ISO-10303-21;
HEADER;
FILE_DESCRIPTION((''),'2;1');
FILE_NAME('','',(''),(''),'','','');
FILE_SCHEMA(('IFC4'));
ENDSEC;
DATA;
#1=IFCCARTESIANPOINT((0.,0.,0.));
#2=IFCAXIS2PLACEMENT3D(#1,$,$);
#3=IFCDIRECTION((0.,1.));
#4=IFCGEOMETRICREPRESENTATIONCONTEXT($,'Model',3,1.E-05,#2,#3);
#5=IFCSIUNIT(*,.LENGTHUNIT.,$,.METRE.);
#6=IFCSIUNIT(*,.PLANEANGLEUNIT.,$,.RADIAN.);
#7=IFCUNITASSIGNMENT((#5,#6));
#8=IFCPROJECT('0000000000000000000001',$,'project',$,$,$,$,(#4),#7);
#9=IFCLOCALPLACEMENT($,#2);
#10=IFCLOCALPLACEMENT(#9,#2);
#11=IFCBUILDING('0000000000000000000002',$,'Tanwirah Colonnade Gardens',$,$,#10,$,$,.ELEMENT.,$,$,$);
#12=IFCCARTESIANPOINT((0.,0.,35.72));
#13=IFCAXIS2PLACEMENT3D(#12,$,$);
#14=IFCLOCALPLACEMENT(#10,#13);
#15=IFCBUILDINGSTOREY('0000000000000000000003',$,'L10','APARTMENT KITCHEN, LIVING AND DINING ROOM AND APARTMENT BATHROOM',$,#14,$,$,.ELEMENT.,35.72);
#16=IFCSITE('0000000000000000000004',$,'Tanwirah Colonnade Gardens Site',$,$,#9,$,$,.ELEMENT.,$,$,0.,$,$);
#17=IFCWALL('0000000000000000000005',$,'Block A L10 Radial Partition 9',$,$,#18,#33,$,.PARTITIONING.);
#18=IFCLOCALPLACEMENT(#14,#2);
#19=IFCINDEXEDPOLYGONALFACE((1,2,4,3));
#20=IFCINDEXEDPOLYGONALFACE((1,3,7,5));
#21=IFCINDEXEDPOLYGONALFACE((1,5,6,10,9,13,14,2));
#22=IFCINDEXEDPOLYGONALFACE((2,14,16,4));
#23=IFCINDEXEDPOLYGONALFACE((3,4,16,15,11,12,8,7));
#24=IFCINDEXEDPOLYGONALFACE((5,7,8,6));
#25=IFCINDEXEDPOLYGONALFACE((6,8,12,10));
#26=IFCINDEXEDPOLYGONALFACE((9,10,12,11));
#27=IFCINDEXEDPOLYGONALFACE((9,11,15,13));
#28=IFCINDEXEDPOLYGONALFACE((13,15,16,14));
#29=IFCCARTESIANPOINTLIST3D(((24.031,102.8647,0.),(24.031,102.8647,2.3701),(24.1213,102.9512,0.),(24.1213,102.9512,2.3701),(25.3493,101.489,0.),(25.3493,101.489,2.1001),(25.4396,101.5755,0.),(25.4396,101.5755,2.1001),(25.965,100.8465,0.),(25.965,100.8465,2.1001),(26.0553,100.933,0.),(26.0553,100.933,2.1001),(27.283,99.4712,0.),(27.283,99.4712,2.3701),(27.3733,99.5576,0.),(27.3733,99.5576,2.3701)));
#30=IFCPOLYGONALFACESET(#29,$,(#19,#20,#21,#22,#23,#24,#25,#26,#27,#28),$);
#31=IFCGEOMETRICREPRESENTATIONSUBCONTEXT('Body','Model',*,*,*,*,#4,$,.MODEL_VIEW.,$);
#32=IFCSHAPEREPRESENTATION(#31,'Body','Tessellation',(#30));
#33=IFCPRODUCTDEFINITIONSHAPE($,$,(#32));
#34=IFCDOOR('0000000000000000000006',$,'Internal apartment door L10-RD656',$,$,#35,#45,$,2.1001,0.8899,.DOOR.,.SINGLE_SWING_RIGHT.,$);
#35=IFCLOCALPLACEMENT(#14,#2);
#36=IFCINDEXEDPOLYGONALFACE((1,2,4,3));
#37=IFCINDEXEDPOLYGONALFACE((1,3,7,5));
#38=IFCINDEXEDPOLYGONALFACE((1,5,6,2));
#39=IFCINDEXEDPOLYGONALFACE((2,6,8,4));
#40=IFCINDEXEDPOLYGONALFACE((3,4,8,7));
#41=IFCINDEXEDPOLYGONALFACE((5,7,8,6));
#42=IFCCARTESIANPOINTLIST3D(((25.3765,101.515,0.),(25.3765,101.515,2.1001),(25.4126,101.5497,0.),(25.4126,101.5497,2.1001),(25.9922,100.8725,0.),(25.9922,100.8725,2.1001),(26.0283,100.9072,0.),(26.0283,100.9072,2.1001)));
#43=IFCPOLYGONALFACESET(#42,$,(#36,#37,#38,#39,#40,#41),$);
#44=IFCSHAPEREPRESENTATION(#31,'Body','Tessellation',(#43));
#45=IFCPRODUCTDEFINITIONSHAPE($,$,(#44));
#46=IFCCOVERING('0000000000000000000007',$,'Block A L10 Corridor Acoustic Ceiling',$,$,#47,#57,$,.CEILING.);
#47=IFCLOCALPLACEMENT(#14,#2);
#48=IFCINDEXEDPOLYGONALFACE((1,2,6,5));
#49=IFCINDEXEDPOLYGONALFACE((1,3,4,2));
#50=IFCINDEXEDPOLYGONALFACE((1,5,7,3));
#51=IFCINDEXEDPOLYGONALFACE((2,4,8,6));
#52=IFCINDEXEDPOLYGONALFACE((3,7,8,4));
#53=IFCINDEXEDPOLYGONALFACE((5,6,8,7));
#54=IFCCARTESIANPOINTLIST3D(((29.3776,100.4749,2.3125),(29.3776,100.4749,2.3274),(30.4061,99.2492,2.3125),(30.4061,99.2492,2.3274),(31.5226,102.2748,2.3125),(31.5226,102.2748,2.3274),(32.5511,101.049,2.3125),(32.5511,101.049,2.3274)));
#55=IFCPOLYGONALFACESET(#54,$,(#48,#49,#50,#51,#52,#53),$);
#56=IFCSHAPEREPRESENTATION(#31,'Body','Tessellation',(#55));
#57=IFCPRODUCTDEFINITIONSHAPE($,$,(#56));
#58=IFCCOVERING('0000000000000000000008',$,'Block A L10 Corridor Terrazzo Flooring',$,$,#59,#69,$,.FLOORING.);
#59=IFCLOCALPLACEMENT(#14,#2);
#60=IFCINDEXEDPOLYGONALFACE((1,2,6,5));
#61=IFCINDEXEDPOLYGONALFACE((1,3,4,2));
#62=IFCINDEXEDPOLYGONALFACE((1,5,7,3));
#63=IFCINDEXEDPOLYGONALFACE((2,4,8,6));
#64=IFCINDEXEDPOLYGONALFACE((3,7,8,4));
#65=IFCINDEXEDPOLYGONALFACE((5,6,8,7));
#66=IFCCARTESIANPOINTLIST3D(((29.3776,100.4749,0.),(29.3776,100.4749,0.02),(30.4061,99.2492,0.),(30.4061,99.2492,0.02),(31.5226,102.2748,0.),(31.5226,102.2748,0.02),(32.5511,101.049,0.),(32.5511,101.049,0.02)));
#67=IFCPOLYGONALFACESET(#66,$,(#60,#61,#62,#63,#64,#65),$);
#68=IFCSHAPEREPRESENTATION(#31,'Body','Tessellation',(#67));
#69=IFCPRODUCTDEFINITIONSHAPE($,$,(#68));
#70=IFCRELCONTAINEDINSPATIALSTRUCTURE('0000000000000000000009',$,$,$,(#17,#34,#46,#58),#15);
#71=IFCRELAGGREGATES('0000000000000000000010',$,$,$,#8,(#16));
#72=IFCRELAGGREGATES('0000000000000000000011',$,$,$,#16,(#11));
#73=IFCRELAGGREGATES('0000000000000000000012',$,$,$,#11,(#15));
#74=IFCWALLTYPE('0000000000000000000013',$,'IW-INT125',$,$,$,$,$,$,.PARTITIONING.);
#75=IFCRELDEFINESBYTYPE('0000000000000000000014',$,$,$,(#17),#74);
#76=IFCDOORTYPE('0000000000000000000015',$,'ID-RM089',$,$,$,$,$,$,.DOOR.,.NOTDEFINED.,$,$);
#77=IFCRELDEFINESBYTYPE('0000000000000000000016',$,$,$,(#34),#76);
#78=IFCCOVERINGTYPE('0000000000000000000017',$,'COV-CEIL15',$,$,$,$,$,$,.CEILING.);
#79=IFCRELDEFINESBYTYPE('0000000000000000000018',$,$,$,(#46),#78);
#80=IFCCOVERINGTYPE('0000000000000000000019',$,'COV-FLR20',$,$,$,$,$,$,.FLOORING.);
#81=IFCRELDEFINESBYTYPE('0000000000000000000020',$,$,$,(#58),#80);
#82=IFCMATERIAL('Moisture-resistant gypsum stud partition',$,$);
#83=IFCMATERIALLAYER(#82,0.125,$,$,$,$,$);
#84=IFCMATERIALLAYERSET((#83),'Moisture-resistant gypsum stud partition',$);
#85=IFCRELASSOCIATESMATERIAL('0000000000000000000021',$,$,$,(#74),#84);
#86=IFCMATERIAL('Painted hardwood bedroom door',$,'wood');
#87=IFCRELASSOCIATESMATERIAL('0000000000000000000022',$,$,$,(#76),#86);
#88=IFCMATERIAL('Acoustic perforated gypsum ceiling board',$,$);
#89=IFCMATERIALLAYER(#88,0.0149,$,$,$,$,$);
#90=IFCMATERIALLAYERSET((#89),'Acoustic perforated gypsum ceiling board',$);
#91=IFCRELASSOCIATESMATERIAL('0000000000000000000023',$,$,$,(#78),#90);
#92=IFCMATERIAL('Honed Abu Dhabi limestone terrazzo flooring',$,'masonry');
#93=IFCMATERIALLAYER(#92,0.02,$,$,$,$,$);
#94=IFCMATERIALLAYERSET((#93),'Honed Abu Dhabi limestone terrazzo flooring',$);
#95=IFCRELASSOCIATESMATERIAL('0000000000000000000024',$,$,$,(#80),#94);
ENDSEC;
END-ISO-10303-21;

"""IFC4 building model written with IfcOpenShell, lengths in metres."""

from ifc_helpers import new_model, si_unit, direction, frame, frame_2d, origin, origin_2d, place, context, subcontext, project, spatial, rectangle, extrude, material, layer, layer_set, type_object, element, fill, save


model = new_model("IFC4")

# Units and contexts
model_context = context("Model", 3, precision=1e-05, world=origin(), true_north=direction((0.0, 1.0)))
body_context = subcontext(model_context, "Body", "Model", "MODEL_VIEW")
ifc_project = project(units=[si_unit("LENGTHUNIT", "METRE"), si_unit("PLANEANGLEUNIT", "RADIAN")], contexts=[model_context])

# Site, building, storey
site_placement = place(None, origin())
site = spatial("IfcSite", under=ifc_project, at=site_placement, Name="Tanwirah Colonnade Gardens Site", CompositionType="ELEMENT", RefElevation=0.0)
building_placement = place(site_placement, origin())
building = spatial("IfcBuilding", under=site, at=building_placement, Name="Tanwirah Colonnade Gardens", CompositionType="ELEMENT")
storey_placement = place(building_placement, frame((0.0, 0.0, 35.72)))
storey = spatial("IfcBuildingStorey", under=building, at=storey_placement, Name="L10", Description="APARTMENT KITCHEN, LIVING AND DINING ROOM AND APARTMENT BATHROOM", CompositionType="ELEMENT", Elevation=35.72)

# Wall, opening, door
ifc_material_1 = material(Name="Moisture-resistant gypsum stud partition")
ifc_layer_1 = layer(ifc_material_1, 0.125)
ifc_layer_set_1 = layer_set([ifc_layer_1], Name="Moisture-resistant gypsum stud partition")
wall_type_1 = type_object("IfcWallType", Name="IW-INT125", PredefinedType="PARTITIONING", material=ifc_layer_set_1)
wall_1_placement = place(storey_placement, frame((27.3281, 99.5144, 0.0), z_axis=(0.0, 0.0, 1.0), x_axis=(-0.691883, 0.72201, 0.0)))
wall_1 = element("IfcWall", 1, at=wall_1_placement, inside=storey, type_object=wall_type_1, Name="Block A L10 Radial Partition 9", PredefinedType="PARTITIONING", context=body_context, shape_type="SweptSolid", body=[
    extrude(rectangle(XDim=4.7002, YDim=0.125, at=frame_2d((2.3501, 0.0))), origin(), (0.0, 0.0, 1.0), 2.3701),
])
opening_1_placement = place(wall_1_placement, frame((1.905, 0.0, 0.0)))
opening_1 = element("IfcOpeningElement", 2, at=opening_1_placement, cuts=wall_1, PredefinedType="OPENING", context=body_context, shape_type="SweptSolid", body=[
    extrude(rectangle(XDim=0.8899, YDim=2.1001, at=frame_2d((0.4448, 1.05))), frame((0.0, 0.0725, 0.0), z_axis=(0.0, -1.0, 0.0), x_axis=(1.0, 0.0, 0.0)), (0.0, 0.0, 1.0), 0.145),
])
ifc_material_2 = material(Name="Painted hardwood bedroom door", Category="wood")
door_type_1 = type_object("IfcDoorType", Name="ID-RM089", OperationType="NOTDEFINED", PredefinedType="DOOR", material=ifc_material_2)
door_1_placement = place(opening_1_placement, origin())
door_1 = element("IfcDoor", 3, at=door_1_placement, inside=storey, type_object=door_type_1, Name="Internal apartment door L10-RD656", OperationType="SINGLE_SWING_RIGHT", OverallHeight=2.1001, OverallWidth=0.8899, PredefinedType="DOOR", context=body_context, shape_type="SweptSolid", body=[
    extrude(rectangle(XDim=0.8899, YDim=2.1001, at=frame_2d((0.4448, 1.05))), frame((0.0, 0.0249, 0.0), z_axis=(0.0, -1.0, 0.0), x_axis=(1.0, 0.0, 0.0)), (0.0, 0.0, 1.0), 0.05),
])
fill(opening_1, door_1)

# Coverings
ifc_material_3 = material(Name="Acoustic perforated gypsum ceiling board")
ifc_layer_2 = layer(ifc_material_3, 0.0149)
ifc_layer_set_2 = layer_set([ifc_layer_2], Name="Acoustic perforated gypsum ceiling board")
covering_type_1 = type_object("IfcCoveringType", Name="COV-CEIL15", PredefinedType="CEILING", material=ifc_layer_set_2)
covering_1_placement = place(storey_placement, frame((30.9644, 100.762, 2.3125), z_axis=(0.0, 0.0, 1.0), x_axis=(-0.766044, -0.642788, 0.0)))
element("IfcCovering", 4, at=covering_1_placement, inside=storey, type_object=covering_type_1, Name="Block A L10 Corridor Acoustic Ceiling", PredefinedType="CEILING", context=body_context, shape_type="SweptSolid", body=[
    extrude(rectangle(XDim=2.8, YDim=1.6001, at=origin_2d()), origin(), (0.0, 0.0, 1.0), 0.0149),
])
ifc_material_4 = material(Name="Honed Abu Dhabi limestone terrazzo flooring", Category="masonry")
ifc_layer_3 = layer(ifc_material_4, 0.02)
ifc_layer_set_3 = layer_set([ifc_layer_3], Name="Honed Abu Dhabi limestone terrazzo flooring")
covering_type_2 = type_object("IfcCoveringType", Name="COV-FLR20", PredefinedType="FLOORING", material=ifc_layer_set_3)
covering_2_placement = place(storey_placement, frame((30.9644, 100.762, 0.0), z_axis=(0.0, 0.0, 1.0), x_axis=(-0.766044, -0.642788, 0.0)))
element("IfcCovering", 5, at=covering_2_placement, inside=storey, type_object=covering_type_2, Name="Block A L10 Corridor Terrazzo Flooring", PredefinedType="FLOORING", context=body_context, shape_type="SweptSolid", body=[
    extrude(rectangle(XDim=2.8, YDim=1.6001, at=origin_2d()), origin(), (0.0, 0.0, 1.0), 0.02),
])

save(model, "model.ifc")
